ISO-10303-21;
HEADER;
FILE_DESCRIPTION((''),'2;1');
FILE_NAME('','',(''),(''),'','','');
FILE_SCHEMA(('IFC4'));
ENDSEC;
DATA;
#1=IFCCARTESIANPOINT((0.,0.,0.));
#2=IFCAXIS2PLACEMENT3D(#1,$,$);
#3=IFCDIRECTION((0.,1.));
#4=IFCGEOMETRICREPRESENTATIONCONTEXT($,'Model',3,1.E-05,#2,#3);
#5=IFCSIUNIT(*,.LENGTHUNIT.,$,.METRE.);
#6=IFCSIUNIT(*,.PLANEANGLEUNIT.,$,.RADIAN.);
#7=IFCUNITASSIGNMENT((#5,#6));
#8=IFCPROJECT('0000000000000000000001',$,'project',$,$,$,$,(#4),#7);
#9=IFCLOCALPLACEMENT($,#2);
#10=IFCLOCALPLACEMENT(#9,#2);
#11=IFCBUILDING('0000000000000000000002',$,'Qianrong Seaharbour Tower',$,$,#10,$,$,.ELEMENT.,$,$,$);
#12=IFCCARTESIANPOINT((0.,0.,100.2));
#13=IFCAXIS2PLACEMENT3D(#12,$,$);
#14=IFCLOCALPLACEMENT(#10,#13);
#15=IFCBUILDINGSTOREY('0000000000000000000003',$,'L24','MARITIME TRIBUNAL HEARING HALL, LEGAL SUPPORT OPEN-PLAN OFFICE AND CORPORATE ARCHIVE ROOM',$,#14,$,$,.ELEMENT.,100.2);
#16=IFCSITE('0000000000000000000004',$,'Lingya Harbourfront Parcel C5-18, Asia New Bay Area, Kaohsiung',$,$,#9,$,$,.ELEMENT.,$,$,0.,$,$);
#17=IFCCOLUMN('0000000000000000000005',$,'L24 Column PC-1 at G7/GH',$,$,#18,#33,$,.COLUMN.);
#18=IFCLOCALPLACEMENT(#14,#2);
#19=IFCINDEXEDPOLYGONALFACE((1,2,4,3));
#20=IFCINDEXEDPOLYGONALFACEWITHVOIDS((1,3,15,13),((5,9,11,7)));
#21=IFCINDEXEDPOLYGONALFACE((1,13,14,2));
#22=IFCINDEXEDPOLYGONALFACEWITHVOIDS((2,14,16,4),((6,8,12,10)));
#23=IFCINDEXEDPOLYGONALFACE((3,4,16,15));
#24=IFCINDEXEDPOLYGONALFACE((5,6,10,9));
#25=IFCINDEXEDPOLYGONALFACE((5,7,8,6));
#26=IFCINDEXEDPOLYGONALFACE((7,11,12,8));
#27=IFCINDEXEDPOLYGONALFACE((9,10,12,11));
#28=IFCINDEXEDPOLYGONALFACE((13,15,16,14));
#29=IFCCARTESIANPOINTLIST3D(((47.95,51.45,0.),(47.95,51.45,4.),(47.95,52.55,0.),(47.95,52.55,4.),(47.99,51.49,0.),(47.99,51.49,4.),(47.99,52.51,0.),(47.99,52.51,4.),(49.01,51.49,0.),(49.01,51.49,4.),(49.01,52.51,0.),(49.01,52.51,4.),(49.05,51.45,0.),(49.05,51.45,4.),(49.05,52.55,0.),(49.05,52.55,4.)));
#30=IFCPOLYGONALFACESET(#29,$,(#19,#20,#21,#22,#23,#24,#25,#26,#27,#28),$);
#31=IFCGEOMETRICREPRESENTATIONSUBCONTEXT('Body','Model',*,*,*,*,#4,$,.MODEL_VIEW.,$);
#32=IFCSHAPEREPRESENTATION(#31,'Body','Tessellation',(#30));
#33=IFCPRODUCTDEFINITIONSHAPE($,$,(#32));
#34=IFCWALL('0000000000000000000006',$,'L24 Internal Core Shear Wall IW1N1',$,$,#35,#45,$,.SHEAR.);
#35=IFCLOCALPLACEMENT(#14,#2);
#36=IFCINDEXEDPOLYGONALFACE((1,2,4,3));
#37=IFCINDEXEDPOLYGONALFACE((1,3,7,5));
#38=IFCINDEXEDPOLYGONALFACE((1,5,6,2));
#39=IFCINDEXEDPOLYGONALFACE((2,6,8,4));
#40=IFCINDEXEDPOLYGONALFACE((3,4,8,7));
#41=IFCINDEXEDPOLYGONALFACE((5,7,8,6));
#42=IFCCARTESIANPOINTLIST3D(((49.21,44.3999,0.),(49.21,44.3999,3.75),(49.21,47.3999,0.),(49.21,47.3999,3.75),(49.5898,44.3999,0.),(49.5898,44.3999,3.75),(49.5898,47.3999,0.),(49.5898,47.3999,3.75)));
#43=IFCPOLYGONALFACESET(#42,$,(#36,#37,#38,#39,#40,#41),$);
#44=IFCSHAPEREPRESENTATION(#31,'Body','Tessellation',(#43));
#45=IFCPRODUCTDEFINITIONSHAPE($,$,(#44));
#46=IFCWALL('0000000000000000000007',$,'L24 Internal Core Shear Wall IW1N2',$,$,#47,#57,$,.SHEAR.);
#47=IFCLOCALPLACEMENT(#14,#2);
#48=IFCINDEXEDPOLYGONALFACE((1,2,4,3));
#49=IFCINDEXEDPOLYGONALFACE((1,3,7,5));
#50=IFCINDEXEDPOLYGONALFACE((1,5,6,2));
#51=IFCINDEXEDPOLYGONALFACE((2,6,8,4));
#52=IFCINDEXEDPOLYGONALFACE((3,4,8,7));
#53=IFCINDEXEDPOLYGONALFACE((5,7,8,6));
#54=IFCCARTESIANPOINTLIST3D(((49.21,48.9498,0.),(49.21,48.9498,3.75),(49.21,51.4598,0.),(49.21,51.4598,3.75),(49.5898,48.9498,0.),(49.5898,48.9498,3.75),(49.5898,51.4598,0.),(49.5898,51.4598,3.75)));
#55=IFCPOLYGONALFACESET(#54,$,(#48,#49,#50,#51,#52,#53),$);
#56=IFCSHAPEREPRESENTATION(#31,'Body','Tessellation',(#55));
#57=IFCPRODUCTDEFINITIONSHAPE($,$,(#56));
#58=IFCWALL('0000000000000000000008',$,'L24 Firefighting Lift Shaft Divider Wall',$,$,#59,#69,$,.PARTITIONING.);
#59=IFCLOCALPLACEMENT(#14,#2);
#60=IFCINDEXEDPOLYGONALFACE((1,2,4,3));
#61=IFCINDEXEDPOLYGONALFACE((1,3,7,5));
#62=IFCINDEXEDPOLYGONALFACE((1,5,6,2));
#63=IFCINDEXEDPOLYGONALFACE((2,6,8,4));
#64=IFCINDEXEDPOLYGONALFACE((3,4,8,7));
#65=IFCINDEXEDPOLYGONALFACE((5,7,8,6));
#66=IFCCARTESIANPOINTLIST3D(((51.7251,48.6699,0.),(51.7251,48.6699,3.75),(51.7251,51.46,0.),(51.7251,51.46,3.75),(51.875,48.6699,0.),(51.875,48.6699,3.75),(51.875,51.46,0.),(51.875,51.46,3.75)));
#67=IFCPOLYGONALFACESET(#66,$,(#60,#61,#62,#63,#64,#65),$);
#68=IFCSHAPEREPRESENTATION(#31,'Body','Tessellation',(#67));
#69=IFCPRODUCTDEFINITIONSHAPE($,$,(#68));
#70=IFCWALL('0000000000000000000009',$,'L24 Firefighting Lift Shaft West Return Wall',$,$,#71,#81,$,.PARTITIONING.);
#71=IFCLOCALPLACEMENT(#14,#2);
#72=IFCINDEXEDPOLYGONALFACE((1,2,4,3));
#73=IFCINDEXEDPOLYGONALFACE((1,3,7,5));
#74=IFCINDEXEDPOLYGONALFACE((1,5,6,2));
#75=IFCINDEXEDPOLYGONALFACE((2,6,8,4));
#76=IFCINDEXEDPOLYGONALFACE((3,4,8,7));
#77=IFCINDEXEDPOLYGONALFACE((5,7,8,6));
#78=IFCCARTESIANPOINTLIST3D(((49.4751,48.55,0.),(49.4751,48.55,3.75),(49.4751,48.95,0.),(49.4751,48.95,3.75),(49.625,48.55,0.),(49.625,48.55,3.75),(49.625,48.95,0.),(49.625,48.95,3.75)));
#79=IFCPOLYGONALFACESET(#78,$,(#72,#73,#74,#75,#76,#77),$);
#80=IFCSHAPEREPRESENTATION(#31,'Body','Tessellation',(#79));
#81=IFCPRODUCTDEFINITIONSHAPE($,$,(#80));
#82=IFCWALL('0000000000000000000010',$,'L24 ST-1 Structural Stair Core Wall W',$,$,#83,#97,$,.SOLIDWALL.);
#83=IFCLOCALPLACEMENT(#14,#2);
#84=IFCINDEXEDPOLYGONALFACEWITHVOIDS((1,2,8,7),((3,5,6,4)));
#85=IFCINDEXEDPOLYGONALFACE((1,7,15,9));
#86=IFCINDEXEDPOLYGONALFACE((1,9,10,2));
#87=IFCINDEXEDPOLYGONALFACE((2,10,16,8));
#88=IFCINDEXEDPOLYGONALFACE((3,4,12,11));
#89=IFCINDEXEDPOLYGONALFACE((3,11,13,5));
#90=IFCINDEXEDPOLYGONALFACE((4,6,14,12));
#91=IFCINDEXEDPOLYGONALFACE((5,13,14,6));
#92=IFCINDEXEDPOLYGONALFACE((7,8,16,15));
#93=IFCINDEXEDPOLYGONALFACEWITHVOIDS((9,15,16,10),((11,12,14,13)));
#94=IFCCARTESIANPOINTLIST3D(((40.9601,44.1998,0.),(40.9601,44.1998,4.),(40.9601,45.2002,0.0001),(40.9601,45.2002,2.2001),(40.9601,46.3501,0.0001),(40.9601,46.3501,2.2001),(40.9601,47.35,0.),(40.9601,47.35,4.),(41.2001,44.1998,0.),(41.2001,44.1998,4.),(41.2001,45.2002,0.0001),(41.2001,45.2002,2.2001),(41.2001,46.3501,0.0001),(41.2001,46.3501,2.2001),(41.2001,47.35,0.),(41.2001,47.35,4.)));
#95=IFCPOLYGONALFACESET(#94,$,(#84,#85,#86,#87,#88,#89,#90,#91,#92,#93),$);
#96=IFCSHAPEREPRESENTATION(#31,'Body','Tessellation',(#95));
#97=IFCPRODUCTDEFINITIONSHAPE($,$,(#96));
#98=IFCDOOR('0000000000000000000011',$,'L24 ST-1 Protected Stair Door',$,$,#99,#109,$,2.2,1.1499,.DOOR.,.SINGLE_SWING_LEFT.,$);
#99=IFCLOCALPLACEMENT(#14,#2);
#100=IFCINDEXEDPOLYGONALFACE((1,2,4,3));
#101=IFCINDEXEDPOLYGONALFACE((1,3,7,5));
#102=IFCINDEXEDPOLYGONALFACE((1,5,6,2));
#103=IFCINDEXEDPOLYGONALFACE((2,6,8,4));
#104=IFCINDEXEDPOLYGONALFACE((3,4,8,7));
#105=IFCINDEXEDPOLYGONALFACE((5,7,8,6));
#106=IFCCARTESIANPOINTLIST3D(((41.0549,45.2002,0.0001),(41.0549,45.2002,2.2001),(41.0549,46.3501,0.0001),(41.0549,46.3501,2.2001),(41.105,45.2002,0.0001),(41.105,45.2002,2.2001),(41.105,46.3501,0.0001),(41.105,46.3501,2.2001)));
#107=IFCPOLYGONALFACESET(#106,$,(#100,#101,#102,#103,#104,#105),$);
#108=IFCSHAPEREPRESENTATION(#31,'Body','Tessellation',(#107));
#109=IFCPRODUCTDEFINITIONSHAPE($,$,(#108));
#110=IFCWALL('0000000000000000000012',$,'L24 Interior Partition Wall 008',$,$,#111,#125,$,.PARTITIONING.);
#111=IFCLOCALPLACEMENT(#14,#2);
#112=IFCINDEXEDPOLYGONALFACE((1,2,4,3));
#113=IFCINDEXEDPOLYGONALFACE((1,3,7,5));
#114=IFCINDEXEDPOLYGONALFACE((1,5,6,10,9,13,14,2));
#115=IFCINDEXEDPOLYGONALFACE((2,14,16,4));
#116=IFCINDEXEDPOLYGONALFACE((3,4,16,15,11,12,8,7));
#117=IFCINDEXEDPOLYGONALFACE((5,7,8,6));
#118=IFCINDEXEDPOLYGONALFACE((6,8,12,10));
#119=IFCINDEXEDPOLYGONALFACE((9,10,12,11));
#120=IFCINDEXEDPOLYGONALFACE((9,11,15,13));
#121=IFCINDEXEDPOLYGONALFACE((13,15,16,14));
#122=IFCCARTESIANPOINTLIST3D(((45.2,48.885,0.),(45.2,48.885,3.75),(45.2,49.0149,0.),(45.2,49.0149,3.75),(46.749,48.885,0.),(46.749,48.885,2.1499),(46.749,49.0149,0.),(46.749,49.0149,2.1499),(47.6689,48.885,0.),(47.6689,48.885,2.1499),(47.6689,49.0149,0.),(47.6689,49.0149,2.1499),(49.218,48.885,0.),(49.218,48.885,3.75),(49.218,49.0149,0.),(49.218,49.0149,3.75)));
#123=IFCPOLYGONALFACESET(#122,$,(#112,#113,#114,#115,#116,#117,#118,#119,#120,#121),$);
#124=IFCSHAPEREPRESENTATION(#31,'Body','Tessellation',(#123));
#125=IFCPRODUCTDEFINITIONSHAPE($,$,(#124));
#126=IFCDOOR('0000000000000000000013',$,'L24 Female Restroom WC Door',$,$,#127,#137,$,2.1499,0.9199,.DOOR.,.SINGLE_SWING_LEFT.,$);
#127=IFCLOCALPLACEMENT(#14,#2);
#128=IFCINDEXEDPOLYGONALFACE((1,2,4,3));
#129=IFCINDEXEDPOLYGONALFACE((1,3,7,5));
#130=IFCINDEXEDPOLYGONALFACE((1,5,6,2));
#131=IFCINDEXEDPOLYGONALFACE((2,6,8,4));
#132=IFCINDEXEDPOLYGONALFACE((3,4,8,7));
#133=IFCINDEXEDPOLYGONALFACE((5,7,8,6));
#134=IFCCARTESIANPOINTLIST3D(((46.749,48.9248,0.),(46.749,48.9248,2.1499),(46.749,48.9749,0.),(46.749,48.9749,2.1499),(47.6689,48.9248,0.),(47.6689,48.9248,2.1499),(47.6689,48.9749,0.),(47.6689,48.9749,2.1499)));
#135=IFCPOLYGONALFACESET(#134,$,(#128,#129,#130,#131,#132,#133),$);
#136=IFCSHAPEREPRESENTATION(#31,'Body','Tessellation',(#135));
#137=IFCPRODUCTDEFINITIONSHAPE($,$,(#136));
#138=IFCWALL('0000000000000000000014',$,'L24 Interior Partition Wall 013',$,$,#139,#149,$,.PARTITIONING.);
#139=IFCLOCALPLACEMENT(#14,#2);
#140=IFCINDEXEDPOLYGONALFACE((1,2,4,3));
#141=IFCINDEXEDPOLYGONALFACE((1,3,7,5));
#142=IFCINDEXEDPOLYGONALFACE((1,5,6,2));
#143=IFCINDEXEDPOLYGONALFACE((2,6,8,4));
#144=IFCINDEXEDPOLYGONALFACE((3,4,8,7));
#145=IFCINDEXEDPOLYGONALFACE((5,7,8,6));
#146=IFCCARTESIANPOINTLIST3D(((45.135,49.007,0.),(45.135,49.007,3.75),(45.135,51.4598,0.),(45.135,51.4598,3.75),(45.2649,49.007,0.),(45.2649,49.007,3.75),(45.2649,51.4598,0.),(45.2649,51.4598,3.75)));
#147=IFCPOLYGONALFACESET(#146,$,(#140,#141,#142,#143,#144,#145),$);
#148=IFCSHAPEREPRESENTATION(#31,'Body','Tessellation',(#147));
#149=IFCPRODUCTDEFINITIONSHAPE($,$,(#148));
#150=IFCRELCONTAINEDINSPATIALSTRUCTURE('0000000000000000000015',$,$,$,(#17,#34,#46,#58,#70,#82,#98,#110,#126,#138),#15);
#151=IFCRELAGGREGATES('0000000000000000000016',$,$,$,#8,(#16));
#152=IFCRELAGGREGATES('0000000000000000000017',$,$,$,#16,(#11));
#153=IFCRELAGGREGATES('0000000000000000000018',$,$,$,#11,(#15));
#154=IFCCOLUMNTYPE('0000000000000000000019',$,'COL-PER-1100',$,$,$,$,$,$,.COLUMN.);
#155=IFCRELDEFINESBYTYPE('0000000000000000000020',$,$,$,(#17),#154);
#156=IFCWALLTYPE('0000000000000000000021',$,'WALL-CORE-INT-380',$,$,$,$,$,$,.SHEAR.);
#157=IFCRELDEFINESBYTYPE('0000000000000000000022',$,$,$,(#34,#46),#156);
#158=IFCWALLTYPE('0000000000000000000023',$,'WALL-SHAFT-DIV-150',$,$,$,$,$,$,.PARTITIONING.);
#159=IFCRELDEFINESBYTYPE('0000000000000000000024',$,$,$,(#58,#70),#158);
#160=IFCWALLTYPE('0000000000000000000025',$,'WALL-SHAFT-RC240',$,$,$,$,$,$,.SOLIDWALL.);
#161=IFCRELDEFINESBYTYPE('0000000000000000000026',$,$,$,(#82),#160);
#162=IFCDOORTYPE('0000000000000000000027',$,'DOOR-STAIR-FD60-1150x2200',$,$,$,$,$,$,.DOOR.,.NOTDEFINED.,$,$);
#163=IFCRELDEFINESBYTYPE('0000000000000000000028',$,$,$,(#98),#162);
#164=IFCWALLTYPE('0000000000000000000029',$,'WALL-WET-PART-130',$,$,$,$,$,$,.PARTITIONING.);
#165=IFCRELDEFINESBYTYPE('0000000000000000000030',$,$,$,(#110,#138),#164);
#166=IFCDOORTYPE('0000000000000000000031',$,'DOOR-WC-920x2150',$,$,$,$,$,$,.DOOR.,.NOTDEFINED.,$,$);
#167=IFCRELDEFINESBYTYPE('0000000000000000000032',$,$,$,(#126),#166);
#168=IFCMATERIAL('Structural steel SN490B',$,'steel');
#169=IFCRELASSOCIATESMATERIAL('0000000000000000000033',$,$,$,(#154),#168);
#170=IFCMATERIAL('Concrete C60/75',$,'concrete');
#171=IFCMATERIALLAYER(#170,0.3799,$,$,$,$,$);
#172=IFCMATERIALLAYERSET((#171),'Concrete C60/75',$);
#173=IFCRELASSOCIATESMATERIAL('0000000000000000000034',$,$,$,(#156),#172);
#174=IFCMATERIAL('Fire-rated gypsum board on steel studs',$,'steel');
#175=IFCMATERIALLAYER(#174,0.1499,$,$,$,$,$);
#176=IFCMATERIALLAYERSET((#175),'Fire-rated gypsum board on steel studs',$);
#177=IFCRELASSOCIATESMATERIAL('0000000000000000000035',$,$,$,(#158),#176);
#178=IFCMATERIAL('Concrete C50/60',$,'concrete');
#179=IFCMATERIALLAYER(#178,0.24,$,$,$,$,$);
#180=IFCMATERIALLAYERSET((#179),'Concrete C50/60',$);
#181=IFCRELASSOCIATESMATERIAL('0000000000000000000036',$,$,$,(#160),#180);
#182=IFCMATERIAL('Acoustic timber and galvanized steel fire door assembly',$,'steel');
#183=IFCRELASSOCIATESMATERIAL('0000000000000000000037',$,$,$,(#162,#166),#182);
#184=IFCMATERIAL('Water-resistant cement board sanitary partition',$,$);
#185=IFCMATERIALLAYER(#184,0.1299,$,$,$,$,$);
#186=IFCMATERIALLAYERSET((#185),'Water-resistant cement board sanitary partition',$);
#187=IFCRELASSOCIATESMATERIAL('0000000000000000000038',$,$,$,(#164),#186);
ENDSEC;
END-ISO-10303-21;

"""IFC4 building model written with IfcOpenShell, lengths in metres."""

from ifc_helpers import new_model, si_unit, direction, frame, frame_2d, origin, origin_2d, place, context, subcontext, project, spatial, rectangle, hollow_rectangle, extrude, material, layer, layer_set, material_profile, profile_set, type_object, element, fill, save


model = new_model("IFC4")

# Units and contexts
model_context = context("Model", 3, precision=1e-05, world=origin(), true_north=direction((0.0, 1.0)))
body_context = subcontext(model_context, "Body", "Model", "MODEL_VIEW")
ifc_project = project(units=[si_unit("LENGTHUNIT", "METRE"), si_unit("PLANEANGLEUNIT", "RADIAN")], contexts=[model_context])

# Site, building, storey
site_placement = place(None, origin())
site = spatial("IfcSite", under=ifc_project, at=site_placement, Name="Lingya Harbourfront Parcel C5-18, Asia New Bay Area, Kaohsiung", CompositionType="ELEMENT", RefElevation=0.0)
building_placement = place(site_placement, origin())
building = spatial("IfcBuilding", under=site, at=building_placement, Name="Qianrong Seaharbour Tower", CompositionType="ELEMENT")
storey_placement = place(building_placement, frame((0.0, 0.0, 100.2)))
storey = spatial("IfcBuildingStorey", under=building, at=storey_placement, Name="L24", Description="MARITIME TRIBUNAL HEARING HALL, LEGAL SUPPORT OPEN-PLAN OFFICE AND CORPORATE ARCHIVE ROOM", CompositionType="ELEMENT", Elevation=100.2)

# Column
ifc_material_1 = material(Name="Structural steel SN490B", Category="steel")
ifc_material_profile = material_profile(ifc_material_1, hollow_rectangle(XDim=1.1001, YDim=1.1001, WallThickness=0.04, at=origin_2d()), Name="BOX1100x1100x40")
ifc_profile_set = profile_set([ifc_material_profile], Name="Structural steel SN490B")
column_type = type_object("IfcColumnType", Name="COL-PER-1100", PredefinedType="COLUMN", material=ifc_profile_set)
column_placement = place(storey_placement, frame((48.5, 52.0, 0.0), z_axis=(0.0, 0.0, 1.0), x_axis=(1.0, 0.0, 0.0)))
element("IfcColumn", 1, at=column_placement, inside=storey, type_object=column_type, Name="L24 Column PC-1 at G7/GH", PredefinedType="COLUMN", context=body_context, shape_type="SweptSolid", body=[
    extrude(hollow_rectangle(XDim=1.1001, YDim=1.1001, WallThickness=0.04, at=origin_2d()), origin(), (0.0, 0.0, 1.0), 4.0),
])

# Walls
ifc_material_2 = material(Name="Concrete C60/75", Category="concrete")
ifc_layer_1 = layer(ifc_material_2, 0.3799)
ifc_layer_set_1 = layer_set([ifc_layer_1], Name="Concrete C60/75")
wall_type_1 = type_object("IfcWallType", Name="WALL-CORE-INT-380", PredefinedType="SHEAR", material=ifc_layer_set_1)
wall_1_placement = place(storey_placement, frame((49.3999, 44.3999, 0.0), z_axis=(0.0, 0.0, 1.0), x_axis=(0.0, 1.0, 0.0)))
element("IfcWall", 2, at=wall_1_placement, inside=storey, type_object=wall_type_1, Name="L24 Internal Core Shear Wall IW1N1", PredefinedType="SHEAR", context=body_context, shape_type="SweptSolid", body=[
    extrude(rectangle(XDim=3.0, YDim=0.3799, at=frame_2d((1.5, 0.0))), origin(), (0.0, 0.0, 1.0), 3.75),
])
wall_2_placement = place(storey_placement, frame((49.3999, 48.95, 0.0), z_axis=(0.0, 0.0, 1.0), x_axis=(0.0, 1.0, 0.0)))
element("IfcWall", 3, at=wall_2_placement, inside=storey, type_object=wall_type_1, Name="L24 Internal Core Shear Wall IW1N2", PredefinedType="SHEAR", context=body_context, shape_type="SweptSolid", body=[
    extrude(rectangle(XDim=2.51, YDim=0.3799, at=frame_2d((1.2549, 0.0))), origin(), (0.0, 0.0, 1.0), 3.75),
])
ifc_material_3 = material(Name="Fire-rated gypsum board on steel studs", Category="steel")
ifc_layer_2 = layer(ifc_material_3, 0.1499)
ifc_layer_set_2 = layer_set([ifc_layer_2], Name="Fire-rated gypsum board on steel studs")
wall_type_2 = type_object("IfcWallType", Name="WALL-SHAFT-DIV-150", PredefinedType="PARTITIONING", material=ifc_layer_set_2)
wall_3_placement = place(storey_placement, frame((51.8, 48.6699, 0.0), z_axis=(0.0, 0.0, 1.0), x_axis=(0.0, 1.0, 0.0)))
element("IfcWall", 4, at=wall_3_placement, inside=storey, type_object=wall_type_2, Name="L24 Firefighting Lift Shaft Divider Wall", PredefinedType="PARTITIONING", context=body_context, shape_type="SweptSolid", body=[
    extrude(rectangle(XDim=2.79, YDim=0.1499, at=frame_2d((1.395, 0.0))), origin(), (0.0, 0.0, 1.0), 3.75),
])
wall_4_placement = place(storey_placement, frame((49.55, 48.55, 0.0), z_axis=(0.0, 0.0, 1.0), x_axis=(0.0, 1.0, 0.0)))
element("IfcWall", 5, at=wall_4_placement, inside=storey, type_object=wall_type_2, Name="L24 Firefighting Lift Shaft West Return Wall", PredefinedType="PARTITIONING", context=body_context, shape_type="SweptSolid", body=[
    extrude(rectangle(XDim=0.3999, YDim=0.1499, at=frame_2d((0.2, 0.0))), origin(), (0.0, 0.0, 1.0), 3.75),
])

# Walls, openings, doors
ifc_material_4 = material(Name="Concrete C50/60", Category="concrete")
ifc_layer_3 = layer(ifc_material_4, 0.24)
ifc_layer_set_3 = layer_set([ifc_layer_3], Name="Concrete C50/60")
wall_type_3 = type_object("IfcWallType", Name="WALL-SHAFT-RC240", PredefinedType="SOLIDWALL", material=ifc_layer_set_3)
wall_5_placement = place(storey_placement, frame((41.0801, 47.3501, 0.0), z_axis=(0.0, 0.0, 1.0), x_axis=(0.0, -1.0, 0.0)))
wall_5 = element("IfcWall", 6, at=wall_5_placement, inside=storey, type_object=wall_type_3, Name="L24 ST-1 Structural Stair Core Wall W", PredefinedType="SOLIDWALL", context=body_context, shape_type="SweptSolid", body=[
    extrude(rectangle(XDim=3.1501, YDim=0.24, at=frame_2d((1.5752, 0.0))), origin(), (0.0, 0.0, 1.0), 4.0),
])
opening_1_placement = place(wall_5_placement, frame((1.0, 0.0, 0.0)))
opening_1 = element("IfcOpeningElement", 7, at=opening_1_placement, cuts=wall_5, PredefinedType="OPENING", context=body_context, shape_type="SweptSolid", body=[
    extrude(rectangle(XDim=1.1499, YDim=2.2, at=frame_2d((0.575, 1.1001))), frame((0.0, 0.1299, 0.0), z_axis=(0.0, -1.0, 0.0), x_axis=(1.0, 0.0, 0.0)), (0.0, 0.0, 1.0), 0.26),
])
ifc_material_5 = material(Name="Acoustic timber and galvanized steel fire door assembly", Category="steel")
door_type_1 = type_object("IfcDoorType", Name="DOOR-STAIR-FD60-1150x2200", OperationType="NOTDEFINED", PredefinedType="DOOR", material=ifc_material_5)
door_1_placement = place(opening_1_placement, origin())
door_1 = element("IfcDoor", 8, at=door_1_placement, inside=storey, type_object=door_type_1, Name="L24 ST-1 Protected Stair Door", OperationType="SINGLE_SWING_LEFT", OverallHeight=2.2, OverallWidth=1.1499, PredefinedType="DOOR", context=body_context, shape_type="SweptSolid", body=[
    extrude(rectangle(XDim=1.1499, YDim=2.2, at=frame_2d((0.575, 1.1001))), frame((0.0, 0.0249, 0.0), z_axis=(0.0, -1.0, 0.0), x_axis=(1.0, 0.0, 0.0)), (0.0, 0.0, 1.0), 0.05),
])
fill(opening_1, door_1)
ifc_material_6 = material(Name="Water-resistant cement board sanitary partition")
ifc_layer_4 = layer(ifc_material_6, 0.1299)
ifc_layer_set_4 = layer_set([ifc_layer_4], Name="Water-resistant cement board sanitary partition")
wall_type_4 = type_object("IfcWallType", Name="WALL-WET-PART-130", PredefinedType="PARTITIONING", material=ifc_layer_set_4)
wall_6_placement = place(storey_placement, frame((45.2, 48.95, 0.0), z_axis=(0.0, 0.0, 1.0), x_axis=(1.0, 0.0, 0.0)))
wall_6 = element("IfcWall", 9, at=wall_6_placement, inside=storey, type_object=wall_type_4, Name="L24 Interior Partition Wall 008", PredefinedType="PARTITIONING", context=body_context, shape_type="SweptSolid", body=[
    extrude(rectangle(XDim=4.0181, YDim=0.1299, at=frame_2d((2.009, 0.0))), origin(), (0.0, 0.0, 1.0), 3.75),
])
opening_2_placement = place(wall_6_placement, frame((1.5491, 0.0, 0.0)))
opening_2 = element("IfcOpeningElement", 10, at=opening_2_placement, cuts=wall_6, PredefinedType="OPENING", context=body_context, shape_type="SweptSolid", body=[
    extrude(rectangle(XDim=0.9199, YDim=2.1499, at=frame_2d((0.46, 1.075))), frame((0.0, 0.075, 0.0), z_axis=(0.0, -1.0, 0.0), x_axis=(1.0, 0.0, 0.0)), (0.0, 0.0, 1.0), 0.1499),
])
door_type_2 = type_object("IfcDoorType", Name="DOOR-WC-920x2150", OperationType="NOTDEFINED", PredefinedType="DOOR", material=ifc_material_5)
door_2_placement = place(opening_2_placement, origin())
door_2 = element("IfcDoor", 11, at=door_2_placement, inside=storey, type_object=door_type_2, Name="L24 Female Restroom WC Door", OperationType="SINGLE_SWING_LEFT", OverallHeight=2.1499, OverallWidth=0.9199, PredefinedType="DOOR", context=body_context, shape_type="SweptSolid", body=[
    extrude(rectangle(XDim=0.9199, YDim=2.1499, at=frame_2d((0.46, 1.075))), frame((0.0, 0.0249, 0.0), z_axis=(0.0, -1.0, 0.0), x_axis=(1.0, 0.0, 0.0)), (0.0, 0.0, 1.0), 0.05),
])
fill(opening_2, door_2)

# Wall
wall_7_placement = place(storey_placement, frame((45.2, 51.46, 0.0), z_axis=(0.0, 0.0, 1.0), x_axis=(0.0, -1.0, 0.0)))
element("IfcWall", 12, at=wall_7_placement, inside=storey, type_object=wall_type_4, Name="L24 Interior Partition Wall 013", PredefinedType="PARTITIONING", context=body_context, shape_type="SweptSolid", body=[
    extrude(rectangle(XDim=2.4529, YDim=0.1299, at=frame_2d((1.2266, 0.0))), origin(), (0.0, 0.0, 1.0), 3.75),
])

save(model, "model.ifc")
